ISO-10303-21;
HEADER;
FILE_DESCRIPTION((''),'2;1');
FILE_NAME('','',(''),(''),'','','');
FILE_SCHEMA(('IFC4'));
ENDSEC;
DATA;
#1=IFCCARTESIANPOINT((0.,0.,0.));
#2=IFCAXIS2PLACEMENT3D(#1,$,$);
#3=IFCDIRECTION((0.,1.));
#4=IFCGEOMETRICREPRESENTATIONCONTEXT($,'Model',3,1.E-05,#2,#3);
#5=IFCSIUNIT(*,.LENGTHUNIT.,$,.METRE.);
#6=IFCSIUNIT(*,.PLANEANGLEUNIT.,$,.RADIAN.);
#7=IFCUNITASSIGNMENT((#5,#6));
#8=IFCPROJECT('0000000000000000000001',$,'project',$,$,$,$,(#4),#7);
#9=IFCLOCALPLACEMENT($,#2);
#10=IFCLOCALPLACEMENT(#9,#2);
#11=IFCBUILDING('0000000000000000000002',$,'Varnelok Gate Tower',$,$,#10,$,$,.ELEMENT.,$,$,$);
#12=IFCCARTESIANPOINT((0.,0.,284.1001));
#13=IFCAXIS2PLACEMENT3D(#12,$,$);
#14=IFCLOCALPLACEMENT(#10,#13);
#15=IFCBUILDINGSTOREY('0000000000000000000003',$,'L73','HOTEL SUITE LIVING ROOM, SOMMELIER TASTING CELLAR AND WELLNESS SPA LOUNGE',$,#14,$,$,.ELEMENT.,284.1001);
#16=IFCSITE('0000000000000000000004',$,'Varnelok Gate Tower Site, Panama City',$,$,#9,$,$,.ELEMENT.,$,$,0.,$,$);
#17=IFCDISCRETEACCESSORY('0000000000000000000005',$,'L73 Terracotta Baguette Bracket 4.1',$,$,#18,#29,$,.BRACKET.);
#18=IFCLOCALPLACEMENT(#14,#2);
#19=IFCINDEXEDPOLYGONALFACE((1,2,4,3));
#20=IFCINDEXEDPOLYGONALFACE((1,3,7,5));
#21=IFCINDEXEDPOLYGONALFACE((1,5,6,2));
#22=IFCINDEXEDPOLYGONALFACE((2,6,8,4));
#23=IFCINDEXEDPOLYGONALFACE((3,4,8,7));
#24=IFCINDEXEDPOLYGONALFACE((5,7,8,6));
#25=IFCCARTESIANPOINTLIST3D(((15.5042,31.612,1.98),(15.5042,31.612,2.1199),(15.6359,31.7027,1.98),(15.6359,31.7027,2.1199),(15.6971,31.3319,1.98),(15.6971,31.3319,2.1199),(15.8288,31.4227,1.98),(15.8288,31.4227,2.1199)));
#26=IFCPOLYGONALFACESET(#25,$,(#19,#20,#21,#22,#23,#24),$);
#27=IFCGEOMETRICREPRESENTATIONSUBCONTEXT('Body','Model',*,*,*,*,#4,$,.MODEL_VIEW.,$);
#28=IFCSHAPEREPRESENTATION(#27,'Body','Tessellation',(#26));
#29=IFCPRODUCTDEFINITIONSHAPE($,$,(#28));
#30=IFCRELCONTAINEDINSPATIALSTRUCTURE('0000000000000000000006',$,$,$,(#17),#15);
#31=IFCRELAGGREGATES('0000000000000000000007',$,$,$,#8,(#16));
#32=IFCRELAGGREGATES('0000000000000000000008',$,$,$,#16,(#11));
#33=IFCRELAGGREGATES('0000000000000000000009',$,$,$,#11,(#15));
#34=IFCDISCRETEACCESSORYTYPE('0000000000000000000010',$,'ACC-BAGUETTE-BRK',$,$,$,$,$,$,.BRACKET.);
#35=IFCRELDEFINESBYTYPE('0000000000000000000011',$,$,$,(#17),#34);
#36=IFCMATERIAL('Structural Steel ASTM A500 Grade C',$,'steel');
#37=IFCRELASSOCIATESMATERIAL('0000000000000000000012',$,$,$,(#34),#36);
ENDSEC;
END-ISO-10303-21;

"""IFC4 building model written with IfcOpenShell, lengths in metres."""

from ifc_helpers import new_model, si_unit, direction, frame, origin, origin_2d, place, context, subcontext, project, spatial, rectangle, extrude, source, transform, mapped, material, type_object, element, save


model = new_model("IFC4")

# Units and contexts
model_context = context("Model", 3, precision=1e-05, world=origin(), true_north=direction((0.0, 1.0)))
body_context = subcontext(model_context, "Body", "Model", "MODEL_VIEW")
ifc_project = project(units=[si_unit("LENGTHUNIT", "METRE"), si_unit("PLANEANGLEUNIT", "RADIAN")], contexts=[model_context])

# Site, building, storey
site_placement = place(None, origin())
site = spatial("IfcSite", under=ifc_project, at=site_placement, Name="Varnelok Gate Tower Site, Panama City", CompositionType="ELEMENT", RefElevation=0.0)
building_placement = place(site_placement, origin())
building = spatial("IfcBuilding", under=site, at=building_placement, Name="Varnelok Gate Tower", CompositionType="ELEMENT")
storey_placement = place(building_placement, frame((0.0, 0.0, 284.1001)))
storey = spatial("IfcBuildingStorey", under=building, at=storey_placement, Name="L73", Description="HOTEL SUITE LIVING ROOM, SOMMELIER TASTING CELLAR AND WELLNESS SPA LOUNGE", CompositionType="ELEMENT", Elevation=284.1001)

# Discrete accessory
ifc_material_1 = material(Name="Structural Steel ASTM A500 Grade C", Category="steel")
discrete_accessory_type = type_object("IfcDiscreteAccessoryType", Name="ACC-BAGUETTE-BRK", PredefinedType="BRACKET", material=ifc_material_1)
shared_shape_1 = source(origin(), body_context, "Body", "SweptSolid", [
    extrude(rectangle(XDim=0.1599, YDim=0.3401, at=origin_2d()), origin(), (0.0, 0.0, 1.0), 0.1399),
])
discrete_accessory_placement = place(storey_placement, frame((15.6665, 31.5173, 1.98), z_axis=(0.0, 0.0, 1.0), x_axis=(0.823533, 0.567269, 0.0)))
element("IfcDiscreteAccessory", 1, at=discrete_accessory_placement, inside=storey, type_object=discrete_accessory_type, Name="L73 Terracotta Baguette Bracket 4.1", PredefinedType="BRACKET", context=body_context, shape_type="MappedRepresentation", body=[
    mapped(shared_shape_1, transform((0.0, 0.0, 0.0), scale=1.0)),
])

save(model, "model.ifc")
